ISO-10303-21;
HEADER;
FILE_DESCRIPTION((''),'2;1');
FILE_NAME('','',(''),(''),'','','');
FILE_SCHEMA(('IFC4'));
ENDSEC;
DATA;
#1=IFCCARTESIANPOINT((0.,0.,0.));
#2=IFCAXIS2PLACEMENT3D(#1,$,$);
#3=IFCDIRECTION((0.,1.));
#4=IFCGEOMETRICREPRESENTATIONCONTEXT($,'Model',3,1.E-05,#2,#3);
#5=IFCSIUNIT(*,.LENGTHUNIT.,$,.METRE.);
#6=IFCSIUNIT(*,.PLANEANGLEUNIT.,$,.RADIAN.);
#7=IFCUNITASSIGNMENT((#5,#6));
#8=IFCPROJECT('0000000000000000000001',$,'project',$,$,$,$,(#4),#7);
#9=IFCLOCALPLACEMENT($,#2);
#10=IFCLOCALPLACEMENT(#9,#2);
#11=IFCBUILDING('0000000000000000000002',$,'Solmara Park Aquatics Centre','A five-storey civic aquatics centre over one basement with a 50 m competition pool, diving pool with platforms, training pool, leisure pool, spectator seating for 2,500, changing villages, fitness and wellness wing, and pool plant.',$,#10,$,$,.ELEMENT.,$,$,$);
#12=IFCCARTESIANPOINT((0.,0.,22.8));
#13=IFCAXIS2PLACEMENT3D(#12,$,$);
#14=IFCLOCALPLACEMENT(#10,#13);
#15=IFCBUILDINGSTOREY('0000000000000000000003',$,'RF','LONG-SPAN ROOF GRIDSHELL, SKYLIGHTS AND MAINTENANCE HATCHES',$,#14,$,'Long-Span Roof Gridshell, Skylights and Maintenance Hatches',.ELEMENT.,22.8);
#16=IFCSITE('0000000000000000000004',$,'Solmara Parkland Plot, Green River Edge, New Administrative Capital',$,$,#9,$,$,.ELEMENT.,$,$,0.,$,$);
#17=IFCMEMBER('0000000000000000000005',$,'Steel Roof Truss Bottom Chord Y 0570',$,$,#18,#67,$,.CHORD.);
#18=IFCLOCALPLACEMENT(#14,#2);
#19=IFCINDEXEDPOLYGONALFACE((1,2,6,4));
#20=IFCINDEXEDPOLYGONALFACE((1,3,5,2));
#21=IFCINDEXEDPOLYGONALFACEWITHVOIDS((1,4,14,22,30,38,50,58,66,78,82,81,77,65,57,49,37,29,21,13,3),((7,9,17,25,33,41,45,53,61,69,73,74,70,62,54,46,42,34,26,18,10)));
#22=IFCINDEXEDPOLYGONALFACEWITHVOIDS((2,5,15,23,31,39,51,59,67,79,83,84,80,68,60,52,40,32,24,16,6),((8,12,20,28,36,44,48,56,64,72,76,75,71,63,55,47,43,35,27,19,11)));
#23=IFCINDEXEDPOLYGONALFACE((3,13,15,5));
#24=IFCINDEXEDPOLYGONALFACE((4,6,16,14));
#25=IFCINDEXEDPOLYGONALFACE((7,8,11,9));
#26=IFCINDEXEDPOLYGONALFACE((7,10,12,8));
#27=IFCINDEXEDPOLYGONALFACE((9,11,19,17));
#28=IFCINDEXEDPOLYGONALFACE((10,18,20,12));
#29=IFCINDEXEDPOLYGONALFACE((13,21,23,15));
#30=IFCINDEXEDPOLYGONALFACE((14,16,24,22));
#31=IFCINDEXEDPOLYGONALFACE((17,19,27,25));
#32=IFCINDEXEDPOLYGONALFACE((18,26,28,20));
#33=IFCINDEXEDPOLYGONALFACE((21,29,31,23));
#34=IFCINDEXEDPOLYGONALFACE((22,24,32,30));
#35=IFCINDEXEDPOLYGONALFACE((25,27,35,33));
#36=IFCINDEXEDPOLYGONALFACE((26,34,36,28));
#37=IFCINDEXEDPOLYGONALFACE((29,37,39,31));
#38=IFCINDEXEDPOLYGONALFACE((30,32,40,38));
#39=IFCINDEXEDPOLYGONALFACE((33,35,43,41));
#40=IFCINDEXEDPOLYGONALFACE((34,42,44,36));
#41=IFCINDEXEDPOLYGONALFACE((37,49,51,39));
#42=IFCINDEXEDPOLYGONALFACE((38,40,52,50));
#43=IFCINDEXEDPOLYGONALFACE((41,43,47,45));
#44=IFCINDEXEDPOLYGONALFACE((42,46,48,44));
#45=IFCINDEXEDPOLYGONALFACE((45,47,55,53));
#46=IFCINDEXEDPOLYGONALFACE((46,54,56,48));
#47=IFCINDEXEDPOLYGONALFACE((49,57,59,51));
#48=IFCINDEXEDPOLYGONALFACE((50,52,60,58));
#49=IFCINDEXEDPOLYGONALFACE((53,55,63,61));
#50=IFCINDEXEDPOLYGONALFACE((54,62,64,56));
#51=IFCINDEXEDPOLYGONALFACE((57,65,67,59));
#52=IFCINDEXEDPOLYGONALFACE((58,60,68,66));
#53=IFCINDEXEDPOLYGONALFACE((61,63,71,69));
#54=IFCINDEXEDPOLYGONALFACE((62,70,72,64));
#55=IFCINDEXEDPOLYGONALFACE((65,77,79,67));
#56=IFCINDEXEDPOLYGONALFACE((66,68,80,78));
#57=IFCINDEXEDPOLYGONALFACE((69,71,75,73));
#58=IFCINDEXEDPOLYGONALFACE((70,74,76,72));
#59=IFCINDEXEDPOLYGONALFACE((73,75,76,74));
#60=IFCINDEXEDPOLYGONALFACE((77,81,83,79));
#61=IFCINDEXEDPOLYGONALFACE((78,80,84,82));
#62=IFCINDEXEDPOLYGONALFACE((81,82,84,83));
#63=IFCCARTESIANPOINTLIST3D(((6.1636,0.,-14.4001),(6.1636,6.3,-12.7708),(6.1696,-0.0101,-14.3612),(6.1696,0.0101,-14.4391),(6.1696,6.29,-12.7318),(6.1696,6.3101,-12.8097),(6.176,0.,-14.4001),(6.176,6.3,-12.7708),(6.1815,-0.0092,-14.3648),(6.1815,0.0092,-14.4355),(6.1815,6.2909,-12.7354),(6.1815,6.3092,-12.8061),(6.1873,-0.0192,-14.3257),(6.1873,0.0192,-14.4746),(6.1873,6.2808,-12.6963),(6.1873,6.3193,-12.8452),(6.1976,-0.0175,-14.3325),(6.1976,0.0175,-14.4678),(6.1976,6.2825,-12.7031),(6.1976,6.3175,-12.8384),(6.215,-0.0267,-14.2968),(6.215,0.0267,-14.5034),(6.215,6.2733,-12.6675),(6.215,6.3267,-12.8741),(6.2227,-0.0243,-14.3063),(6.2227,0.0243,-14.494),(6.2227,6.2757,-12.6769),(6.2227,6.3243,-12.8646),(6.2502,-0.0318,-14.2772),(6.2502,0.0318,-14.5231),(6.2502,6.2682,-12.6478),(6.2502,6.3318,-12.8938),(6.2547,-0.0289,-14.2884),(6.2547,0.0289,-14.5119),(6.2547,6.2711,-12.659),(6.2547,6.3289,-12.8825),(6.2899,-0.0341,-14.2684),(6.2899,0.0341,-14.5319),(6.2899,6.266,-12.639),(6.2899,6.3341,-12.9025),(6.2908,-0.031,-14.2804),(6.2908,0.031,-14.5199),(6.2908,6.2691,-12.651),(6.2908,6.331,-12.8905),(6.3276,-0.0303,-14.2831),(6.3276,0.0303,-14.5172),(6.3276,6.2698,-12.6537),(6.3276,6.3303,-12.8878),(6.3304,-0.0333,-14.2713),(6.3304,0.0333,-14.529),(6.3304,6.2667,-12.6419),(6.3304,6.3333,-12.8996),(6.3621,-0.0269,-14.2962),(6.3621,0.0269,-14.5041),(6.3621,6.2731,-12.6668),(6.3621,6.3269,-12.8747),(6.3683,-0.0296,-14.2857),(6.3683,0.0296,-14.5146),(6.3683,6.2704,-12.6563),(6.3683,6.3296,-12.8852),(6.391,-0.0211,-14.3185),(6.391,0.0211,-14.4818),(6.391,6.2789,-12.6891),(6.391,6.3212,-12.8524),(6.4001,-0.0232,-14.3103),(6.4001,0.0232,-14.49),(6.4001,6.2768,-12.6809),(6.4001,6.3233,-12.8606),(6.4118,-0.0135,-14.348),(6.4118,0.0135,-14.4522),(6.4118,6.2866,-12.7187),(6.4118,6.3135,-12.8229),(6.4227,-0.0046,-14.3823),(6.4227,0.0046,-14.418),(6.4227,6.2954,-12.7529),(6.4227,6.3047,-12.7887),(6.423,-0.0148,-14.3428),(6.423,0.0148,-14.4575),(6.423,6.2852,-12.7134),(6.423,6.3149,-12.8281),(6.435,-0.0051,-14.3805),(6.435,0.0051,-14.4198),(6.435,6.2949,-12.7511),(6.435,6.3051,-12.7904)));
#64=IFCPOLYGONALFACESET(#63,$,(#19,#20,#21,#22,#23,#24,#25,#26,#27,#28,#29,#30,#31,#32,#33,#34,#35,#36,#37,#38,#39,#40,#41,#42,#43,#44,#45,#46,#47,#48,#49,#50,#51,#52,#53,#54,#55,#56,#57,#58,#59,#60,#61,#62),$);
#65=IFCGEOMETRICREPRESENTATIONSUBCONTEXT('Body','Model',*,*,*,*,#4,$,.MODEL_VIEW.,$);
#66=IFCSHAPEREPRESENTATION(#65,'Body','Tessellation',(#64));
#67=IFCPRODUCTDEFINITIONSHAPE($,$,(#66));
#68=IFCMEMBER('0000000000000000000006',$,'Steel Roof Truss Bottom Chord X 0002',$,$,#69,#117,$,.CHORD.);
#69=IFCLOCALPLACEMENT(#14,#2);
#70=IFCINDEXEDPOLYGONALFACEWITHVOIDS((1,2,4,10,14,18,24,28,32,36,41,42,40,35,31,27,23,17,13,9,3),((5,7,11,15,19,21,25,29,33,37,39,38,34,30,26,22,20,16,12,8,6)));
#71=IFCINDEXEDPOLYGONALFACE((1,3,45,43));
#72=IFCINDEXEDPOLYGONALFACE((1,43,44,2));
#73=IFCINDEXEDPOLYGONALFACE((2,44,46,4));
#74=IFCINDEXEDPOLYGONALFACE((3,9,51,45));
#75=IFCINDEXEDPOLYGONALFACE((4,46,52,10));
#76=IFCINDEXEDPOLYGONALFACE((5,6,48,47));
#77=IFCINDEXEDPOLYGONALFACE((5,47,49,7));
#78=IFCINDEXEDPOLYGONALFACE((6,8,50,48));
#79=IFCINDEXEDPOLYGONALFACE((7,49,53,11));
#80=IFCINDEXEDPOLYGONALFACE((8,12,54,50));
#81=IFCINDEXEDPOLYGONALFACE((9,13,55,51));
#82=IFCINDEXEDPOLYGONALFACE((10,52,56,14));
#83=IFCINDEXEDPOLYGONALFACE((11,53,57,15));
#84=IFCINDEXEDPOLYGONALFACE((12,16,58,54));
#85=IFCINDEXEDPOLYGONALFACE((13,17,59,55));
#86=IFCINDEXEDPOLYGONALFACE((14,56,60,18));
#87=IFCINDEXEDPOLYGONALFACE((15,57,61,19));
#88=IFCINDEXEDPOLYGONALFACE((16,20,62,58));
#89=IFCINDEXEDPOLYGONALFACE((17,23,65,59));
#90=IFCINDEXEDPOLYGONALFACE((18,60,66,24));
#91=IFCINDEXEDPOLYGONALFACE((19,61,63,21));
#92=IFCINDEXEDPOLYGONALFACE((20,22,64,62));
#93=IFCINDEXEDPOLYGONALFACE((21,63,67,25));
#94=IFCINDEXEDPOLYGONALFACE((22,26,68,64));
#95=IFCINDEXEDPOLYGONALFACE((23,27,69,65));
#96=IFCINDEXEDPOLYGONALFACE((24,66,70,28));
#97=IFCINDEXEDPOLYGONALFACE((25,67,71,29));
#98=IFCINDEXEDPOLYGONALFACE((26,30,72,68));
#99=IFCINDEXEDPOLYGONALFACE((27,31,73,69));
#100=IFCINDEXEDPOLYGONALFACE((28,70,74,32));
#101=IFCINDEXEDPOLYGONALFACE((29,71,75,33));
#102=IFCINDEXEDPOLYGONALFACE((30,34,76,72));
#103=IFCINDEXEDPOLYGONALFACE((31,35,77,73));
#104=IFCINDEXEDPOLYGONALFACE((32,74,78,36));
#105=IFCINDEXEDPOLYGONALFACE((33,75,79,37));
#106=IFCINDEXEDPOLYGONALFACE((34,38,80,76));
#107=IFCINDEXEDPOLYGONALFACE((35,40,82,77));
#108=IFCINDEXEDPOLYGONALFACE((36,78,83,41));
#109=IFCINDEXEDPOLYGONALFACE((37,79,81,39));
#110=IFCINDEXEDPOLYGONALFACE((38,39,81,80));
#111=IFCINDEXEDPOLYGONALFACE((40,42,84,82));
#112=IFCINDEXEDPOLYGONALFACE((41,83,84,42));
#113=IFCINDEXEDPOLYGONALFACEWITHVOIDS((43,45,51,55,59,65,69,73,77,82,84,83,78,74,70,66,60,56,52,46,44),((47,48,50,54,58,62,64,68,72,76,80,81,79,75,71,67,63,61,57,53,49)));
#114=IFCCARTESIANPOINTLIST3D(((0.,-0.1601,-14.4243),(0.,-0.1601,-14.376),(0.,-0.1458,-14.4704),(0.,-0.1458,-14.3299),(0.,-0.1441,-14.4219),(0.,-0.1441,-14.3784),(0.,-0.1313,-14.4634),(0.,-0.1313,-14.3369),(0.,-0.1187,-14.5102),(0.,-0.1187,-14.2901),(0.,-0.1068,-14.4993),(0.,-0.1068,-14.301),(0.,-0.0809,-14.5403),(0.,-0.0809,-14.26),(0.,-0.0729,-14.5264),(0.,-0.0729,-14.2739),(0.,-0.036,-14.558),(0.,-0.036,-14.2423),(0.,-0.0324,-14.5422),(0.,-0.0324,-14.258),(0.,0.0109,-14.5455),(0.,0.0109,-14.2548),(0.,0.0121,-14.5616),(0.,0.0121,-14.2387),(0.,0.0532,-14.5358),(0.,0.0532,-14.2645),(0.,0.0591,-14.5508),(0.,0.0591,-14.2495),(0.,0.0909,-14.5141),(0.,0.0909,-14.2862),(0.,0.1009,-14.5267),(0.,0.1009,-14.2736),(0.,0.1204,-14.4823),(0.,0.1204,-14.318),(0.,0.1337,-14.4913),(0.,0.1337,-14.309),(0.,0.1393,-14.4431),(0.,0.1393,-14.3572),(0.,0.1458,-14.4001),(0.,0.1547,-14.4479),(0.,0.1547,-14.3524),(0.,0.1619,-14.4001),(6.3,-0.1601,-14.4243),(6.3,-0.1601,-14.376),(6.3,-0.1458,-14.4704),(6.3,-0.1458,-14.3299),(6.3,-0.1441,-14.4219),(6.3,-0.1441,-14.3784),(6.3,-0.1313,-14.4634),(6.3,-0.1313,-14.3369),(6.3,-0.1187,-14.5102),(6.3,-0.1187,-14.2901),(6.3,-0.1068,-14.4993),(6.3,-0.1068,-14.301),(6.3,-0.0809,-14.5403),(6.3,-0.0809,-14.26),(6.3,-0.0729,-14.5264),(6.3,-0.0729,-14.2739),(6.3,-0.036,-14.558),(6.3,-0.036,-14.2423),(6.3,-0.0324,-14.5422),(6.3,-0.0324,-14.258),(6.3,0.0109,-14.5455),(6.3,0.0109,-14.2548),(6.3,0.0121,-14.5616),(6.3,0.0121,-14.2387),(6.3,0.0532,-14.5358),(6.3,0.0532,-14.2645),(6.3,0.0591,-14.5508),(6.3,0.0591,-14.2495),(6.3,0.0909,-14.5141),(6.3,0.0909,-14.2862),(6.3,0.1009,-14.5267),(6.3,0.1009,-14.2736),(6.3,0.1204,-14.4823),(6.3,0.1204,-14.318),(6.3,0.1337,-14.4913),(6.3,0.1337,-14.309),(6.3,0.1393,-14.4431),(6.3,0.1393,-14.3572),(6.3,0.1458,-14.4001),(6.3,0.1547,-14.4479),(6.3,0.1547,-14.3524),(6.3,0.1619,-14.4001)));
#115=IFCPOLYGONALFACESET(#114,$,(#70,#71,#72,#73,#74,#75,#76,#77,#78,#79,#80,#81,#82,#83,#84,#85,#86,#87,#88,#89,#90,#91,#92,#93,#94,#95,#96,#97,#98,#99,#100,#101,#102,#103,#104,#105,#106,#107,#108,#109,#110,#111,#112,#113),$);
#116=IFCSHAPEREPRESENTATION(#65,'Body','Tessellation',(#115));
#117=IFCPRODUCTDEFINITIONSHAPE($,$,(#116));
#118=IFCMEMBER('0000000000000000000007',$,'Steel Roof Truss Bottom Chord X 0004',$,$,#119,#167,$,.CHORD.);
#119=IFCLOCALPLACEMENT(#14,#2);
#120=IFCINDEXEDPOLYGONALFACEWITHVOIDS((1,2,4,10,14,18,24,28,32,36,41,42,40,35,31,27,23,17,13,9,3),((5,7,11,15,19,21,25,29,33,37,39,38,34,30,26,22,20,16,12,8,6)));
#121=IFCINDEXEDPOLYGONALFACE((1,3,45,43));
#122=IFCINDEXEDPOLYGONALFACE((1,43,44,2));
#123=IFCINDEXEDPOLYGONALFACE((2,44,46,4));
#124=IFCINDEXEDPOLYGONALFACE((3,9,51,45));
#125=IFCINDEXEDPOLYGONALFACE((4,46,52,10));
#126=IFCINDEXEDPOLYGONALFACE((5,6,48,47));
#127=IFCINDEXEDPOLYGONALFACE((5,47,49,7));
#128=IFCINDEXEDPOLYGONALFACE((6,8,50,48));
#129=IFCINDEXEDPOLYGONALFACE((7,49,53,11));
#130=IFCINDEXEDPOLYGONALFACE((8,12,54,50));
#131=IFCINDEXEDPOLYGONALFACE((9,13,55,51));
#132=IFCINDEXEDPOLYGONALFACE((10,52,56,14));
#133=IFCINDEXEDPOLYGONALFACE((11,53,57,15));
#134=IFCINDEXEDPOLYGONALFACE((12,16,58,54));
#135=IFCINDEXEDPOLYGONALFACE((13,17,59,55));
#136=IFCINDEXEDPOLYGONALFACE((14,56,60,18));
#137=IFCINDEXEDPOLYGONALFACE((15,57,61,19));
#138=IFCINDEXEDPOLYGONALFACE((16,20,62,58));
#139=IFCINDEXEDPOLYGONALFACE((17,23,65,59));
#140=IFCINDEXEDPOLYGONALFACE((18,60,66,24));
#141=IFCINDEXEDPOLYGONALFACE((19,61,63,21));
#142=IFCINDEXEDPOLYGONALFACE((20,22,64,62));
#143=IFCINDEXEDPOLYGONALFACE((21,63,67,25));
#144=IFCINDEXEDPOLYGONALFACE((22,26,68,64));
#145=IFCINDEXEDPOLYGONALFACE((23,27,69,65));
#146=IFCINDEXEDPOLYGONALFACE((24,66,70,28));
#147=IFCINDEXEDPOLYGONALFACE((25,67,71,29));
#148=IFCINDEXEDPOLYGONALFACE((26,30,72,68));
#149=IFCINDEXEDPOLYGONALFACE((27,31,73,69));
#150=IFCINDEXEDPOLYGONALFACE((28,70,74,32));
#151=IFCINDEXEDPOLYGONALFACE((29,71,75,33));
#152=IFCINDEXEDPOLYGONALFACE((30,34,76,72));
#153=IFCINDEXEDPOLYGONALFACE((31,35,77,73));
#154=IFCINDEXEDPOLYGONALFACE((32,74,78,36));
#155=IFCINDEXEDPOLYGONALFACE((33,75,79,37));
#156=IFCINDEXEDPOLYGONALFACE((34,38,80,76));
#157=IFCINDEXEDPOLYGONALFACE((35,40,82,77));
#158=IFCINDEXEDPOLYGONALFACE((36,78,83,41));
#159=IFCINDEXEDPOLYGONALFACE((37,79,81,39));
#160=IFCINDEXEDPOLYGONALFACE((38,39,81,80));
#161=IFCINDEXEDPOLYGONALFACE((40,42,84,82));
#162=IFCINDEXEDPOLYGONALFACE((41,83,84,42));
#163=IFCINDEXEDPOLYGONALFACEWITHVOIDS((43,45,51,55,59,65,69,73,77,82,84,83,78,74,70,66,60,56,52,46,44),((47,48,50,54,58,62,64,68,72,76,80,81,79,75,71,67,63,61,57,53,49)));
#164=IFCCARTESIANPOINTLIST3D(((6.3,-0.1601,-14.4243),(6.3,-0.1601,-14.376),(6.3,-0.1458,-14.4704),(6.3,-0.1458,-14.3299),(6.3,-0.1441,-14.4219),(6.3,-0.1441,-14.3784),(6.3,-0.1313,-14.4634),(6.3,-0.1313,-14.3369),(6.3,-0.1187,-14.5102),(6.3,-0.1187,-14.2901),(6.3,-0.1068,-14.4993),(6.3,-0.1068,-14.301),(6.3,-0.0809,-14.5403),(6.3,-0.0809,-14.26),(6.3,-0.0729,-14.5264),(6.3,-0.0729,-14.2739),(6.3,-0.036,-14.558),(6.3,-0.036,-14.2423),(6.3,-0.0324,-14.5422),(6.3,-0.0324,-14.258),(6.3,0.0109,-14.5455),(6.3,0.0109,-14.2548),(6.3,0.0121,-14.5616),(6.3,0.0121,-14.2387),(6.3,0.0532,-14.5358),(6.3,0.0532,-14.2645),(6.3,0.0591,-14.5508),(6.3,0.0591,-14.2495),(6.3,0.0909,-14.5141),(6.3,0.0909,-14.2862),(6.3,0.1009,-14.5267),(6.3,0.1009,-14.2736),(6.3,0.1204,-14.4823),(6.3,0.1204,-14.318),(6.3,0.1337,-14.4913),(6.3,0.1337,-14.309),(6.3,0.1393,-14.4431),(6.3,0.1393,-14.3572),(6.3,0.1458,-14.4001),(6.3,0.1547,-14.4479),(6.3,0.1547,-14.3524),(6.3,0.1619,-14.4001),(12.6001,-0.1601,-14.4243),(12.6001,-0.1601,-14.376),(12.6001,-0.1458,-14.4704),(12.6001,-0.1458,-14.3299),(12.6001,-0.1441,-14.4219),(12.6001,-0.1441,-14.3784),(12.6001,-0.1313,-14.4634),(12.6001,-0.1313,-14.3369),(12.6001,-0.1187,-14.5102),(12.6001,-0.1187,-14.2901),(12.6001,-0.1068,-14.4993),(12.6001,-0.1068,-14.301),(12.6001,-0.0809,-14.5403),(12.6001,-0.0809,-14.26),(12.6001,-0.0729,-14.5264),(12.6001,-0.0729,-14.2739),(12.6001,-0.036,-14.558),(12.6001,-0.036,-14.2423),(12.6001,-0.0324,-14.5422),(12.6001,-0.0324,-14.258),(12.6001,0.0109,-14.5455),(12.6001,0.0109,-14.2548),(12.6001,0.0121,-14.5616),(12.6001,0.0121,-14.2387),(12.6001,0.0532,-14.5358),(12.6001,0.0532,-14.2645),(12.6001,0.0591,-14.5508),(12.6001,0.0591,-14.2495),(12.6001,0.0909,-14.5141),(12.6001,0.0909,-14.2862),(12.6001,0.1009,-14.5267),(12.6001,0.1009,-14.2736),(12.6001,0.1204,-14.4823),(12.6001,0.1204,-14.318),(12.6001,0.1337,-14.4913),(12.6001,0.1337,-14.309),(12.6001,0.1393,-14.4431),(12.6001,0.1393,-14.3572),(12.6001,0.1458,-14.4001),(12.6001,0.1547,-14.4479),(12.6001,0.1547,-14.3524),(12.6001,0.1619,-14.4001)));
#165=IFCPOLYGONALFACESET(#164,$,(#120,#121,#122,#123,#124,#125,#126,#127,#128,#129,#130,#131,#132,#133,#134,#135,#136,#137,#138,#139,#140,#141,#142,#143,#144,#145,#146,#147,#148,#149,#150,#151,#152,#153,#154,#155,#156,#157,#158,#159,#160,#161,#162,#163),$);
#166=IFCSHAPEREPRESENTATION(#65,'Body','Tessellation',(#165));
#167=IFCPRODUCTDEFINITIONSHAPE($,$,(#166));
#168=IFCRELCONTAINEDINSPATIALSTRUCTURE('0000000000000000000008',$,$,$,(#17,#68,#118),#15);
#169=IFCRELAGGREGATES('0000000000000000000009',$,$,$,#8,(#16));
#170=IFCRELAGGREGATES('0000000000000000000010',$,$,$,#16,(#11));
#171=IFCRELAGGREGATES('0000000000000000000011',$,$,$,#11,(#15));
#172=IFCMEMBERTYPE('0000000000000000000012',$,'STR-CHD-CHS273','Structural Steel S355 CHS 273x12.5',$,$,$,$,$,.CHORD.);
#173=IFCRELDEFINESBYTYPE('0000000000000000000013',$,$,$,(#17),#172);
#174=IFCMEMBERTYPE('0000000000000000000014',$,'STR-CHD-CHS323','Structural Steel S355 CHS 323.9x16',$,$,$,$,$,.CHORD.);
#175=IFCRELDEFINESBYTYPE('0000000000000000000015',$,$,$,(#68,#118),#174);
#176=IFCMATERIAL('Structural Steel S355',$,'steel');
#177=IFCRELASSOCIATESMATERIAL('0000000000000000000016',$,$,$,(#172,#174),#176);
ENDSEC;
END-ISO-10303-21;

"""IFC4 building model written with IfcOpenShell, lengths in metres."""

from ifc_helpers import new_model, si_unit, direction, frame, origin, origin_2d, place, context, subcontext, project, spatial, hollow_circle, extrude, material, material_profile, profile_set, type_object, element, save


model = new_model("IFC4")

# Units and contexts
model_context = context("Model", 3, precision=1e-05, world=origin(), true_north=direction((0.0, 1.0)))
body_context = subcontext(model_context, "Body", "Model", "MODEL_VIEW")
ifc_project = project(units=[si_unit("LENGTHUNIT", "METRE"), si_unit("PLANEANGLEUNIT", "RADIAN")], contexts=[model_context])

# Site, building, storey
site_placement = place(None, origin())
site = spatial("IfcSite", under=ifc_project, at=site_placement, Name="Solmara Parkland Plot, Green River Edge, New Administrative Capital", CompositionType="ELEMENT", RefElevation=0.0)
building_placement = place(site_placement, origin())
building = spatial("IfcBuilding", under=site, at=building_placement, Name="Solmara Park Aquatics Centre", Description="A five-storey civic aquatics centre over one basement with a 50 m competition pool, diving pool with platforms, training pool, leisure pool, spectator seating for 2,500, changing villages, fitness and wellness wing, and pool plant.", CompositionType="ELEMENT")
storey_placement = place(building_placement, frame((0.0, 0.0, 22.8)))
storey = spatial("IfcBuildingStorey", under=building, at=storey_placement, Name="RF", Description="LONG-SPAN ROOF GRIDSHELL, SKYLIGHTS AND MAINTENANCE HATCHES", LongName="Long-Span Roof Gridshell, Skylights and Maintenance Hatches", CompositionType="ELEMENT", Elevation=22.8)

# Members
ifc_material_1 = material(Name="Structural Steel S355", Category="steel")
ifc_material_profile_1 = material_profile(ifc_material_1, hollow_circle(Radius=0.1365, WallThickness=0.0125, at=origin_2d()), Name="CHS 273x12.5")
ifc_profile_set_1 = profile_set([ifc_material_profile_1], Name="Structural Steel S355")
member_type_1 = type_object("IfcMemberType", Name="STR-CHD-CHS273", Description="Structural Steel S355 CHS 273x12.5", PredefinedType="CHORD", material=ifc_profile_set_1)
member_1_placement = place(storey_placement, frame((6.3, 0.0, -14.4001), z_axis=(0.0, 0.968144, 0.250393), x_axis=(-1.0, 0.0, 0.0)))
element("IfcMember", 1, at=member_1_placement, inside=storey, type_object=member_type_1, Name="Steel Roof Truss Bottom Chord Y 0570", PredefinedType="CHORD", context=body_context, shape_type="SweptSolid", body=[
    extrude(hollow_circle(Radius=0.1365, WallThickness=0.0125, at=origin_2d()), origin(), (0.0, 0.0, 1.0), 6.5073),
])
ifc_material_profile_2 = material_profile(ifc_material_1, hollow_circle(Radius=0.1619, WallThickness=0.0161, at=origin_2d()), Name="CHS 323.9x16")
ifc_profile_set_2 = profile_set([ifc_material_profile_2], Name="Structural Steel S355")
member_type_2 = type_object("IfcMemberType", Name="STR-CHD-CHS323", Description="Structural Steel S355 CHS 323.9x16", PredefinedType="CHORD", material=ifc_profile_set_2)
for number, where, z_axis, x_axis, name in (
    (2, (0.0, 0.0, -14.4001), (1.0, 0.0, 0.0), (0.0, 1.0, 0.0), "Steel Roof Truss Bottom Chord X 0002"),
    (3, (6.3, 0.0, -14.4001), (1.0, 0.0, 0.0), (0.0, 1.0, 0.0), "Steel Roof Truss Bottom Chord X 0004"),
):
    element("IfcMember", number, at=place(storey_placement, frame(where, z_axis=z_axis, x_axis=x_axis)), inside=storey, type_object=member_type_2, Name=name, PredefinedType="CHORD", context=body_context, shape_type="SweptSolid", body=[
        extrude(hollow_circle(Radius=0.1619, WallThickness=0.0161, at=origin_2d()), origin(), (0.0, 0.0, 1.0), 6.3),
    ])

save(model, "model.ifc")
